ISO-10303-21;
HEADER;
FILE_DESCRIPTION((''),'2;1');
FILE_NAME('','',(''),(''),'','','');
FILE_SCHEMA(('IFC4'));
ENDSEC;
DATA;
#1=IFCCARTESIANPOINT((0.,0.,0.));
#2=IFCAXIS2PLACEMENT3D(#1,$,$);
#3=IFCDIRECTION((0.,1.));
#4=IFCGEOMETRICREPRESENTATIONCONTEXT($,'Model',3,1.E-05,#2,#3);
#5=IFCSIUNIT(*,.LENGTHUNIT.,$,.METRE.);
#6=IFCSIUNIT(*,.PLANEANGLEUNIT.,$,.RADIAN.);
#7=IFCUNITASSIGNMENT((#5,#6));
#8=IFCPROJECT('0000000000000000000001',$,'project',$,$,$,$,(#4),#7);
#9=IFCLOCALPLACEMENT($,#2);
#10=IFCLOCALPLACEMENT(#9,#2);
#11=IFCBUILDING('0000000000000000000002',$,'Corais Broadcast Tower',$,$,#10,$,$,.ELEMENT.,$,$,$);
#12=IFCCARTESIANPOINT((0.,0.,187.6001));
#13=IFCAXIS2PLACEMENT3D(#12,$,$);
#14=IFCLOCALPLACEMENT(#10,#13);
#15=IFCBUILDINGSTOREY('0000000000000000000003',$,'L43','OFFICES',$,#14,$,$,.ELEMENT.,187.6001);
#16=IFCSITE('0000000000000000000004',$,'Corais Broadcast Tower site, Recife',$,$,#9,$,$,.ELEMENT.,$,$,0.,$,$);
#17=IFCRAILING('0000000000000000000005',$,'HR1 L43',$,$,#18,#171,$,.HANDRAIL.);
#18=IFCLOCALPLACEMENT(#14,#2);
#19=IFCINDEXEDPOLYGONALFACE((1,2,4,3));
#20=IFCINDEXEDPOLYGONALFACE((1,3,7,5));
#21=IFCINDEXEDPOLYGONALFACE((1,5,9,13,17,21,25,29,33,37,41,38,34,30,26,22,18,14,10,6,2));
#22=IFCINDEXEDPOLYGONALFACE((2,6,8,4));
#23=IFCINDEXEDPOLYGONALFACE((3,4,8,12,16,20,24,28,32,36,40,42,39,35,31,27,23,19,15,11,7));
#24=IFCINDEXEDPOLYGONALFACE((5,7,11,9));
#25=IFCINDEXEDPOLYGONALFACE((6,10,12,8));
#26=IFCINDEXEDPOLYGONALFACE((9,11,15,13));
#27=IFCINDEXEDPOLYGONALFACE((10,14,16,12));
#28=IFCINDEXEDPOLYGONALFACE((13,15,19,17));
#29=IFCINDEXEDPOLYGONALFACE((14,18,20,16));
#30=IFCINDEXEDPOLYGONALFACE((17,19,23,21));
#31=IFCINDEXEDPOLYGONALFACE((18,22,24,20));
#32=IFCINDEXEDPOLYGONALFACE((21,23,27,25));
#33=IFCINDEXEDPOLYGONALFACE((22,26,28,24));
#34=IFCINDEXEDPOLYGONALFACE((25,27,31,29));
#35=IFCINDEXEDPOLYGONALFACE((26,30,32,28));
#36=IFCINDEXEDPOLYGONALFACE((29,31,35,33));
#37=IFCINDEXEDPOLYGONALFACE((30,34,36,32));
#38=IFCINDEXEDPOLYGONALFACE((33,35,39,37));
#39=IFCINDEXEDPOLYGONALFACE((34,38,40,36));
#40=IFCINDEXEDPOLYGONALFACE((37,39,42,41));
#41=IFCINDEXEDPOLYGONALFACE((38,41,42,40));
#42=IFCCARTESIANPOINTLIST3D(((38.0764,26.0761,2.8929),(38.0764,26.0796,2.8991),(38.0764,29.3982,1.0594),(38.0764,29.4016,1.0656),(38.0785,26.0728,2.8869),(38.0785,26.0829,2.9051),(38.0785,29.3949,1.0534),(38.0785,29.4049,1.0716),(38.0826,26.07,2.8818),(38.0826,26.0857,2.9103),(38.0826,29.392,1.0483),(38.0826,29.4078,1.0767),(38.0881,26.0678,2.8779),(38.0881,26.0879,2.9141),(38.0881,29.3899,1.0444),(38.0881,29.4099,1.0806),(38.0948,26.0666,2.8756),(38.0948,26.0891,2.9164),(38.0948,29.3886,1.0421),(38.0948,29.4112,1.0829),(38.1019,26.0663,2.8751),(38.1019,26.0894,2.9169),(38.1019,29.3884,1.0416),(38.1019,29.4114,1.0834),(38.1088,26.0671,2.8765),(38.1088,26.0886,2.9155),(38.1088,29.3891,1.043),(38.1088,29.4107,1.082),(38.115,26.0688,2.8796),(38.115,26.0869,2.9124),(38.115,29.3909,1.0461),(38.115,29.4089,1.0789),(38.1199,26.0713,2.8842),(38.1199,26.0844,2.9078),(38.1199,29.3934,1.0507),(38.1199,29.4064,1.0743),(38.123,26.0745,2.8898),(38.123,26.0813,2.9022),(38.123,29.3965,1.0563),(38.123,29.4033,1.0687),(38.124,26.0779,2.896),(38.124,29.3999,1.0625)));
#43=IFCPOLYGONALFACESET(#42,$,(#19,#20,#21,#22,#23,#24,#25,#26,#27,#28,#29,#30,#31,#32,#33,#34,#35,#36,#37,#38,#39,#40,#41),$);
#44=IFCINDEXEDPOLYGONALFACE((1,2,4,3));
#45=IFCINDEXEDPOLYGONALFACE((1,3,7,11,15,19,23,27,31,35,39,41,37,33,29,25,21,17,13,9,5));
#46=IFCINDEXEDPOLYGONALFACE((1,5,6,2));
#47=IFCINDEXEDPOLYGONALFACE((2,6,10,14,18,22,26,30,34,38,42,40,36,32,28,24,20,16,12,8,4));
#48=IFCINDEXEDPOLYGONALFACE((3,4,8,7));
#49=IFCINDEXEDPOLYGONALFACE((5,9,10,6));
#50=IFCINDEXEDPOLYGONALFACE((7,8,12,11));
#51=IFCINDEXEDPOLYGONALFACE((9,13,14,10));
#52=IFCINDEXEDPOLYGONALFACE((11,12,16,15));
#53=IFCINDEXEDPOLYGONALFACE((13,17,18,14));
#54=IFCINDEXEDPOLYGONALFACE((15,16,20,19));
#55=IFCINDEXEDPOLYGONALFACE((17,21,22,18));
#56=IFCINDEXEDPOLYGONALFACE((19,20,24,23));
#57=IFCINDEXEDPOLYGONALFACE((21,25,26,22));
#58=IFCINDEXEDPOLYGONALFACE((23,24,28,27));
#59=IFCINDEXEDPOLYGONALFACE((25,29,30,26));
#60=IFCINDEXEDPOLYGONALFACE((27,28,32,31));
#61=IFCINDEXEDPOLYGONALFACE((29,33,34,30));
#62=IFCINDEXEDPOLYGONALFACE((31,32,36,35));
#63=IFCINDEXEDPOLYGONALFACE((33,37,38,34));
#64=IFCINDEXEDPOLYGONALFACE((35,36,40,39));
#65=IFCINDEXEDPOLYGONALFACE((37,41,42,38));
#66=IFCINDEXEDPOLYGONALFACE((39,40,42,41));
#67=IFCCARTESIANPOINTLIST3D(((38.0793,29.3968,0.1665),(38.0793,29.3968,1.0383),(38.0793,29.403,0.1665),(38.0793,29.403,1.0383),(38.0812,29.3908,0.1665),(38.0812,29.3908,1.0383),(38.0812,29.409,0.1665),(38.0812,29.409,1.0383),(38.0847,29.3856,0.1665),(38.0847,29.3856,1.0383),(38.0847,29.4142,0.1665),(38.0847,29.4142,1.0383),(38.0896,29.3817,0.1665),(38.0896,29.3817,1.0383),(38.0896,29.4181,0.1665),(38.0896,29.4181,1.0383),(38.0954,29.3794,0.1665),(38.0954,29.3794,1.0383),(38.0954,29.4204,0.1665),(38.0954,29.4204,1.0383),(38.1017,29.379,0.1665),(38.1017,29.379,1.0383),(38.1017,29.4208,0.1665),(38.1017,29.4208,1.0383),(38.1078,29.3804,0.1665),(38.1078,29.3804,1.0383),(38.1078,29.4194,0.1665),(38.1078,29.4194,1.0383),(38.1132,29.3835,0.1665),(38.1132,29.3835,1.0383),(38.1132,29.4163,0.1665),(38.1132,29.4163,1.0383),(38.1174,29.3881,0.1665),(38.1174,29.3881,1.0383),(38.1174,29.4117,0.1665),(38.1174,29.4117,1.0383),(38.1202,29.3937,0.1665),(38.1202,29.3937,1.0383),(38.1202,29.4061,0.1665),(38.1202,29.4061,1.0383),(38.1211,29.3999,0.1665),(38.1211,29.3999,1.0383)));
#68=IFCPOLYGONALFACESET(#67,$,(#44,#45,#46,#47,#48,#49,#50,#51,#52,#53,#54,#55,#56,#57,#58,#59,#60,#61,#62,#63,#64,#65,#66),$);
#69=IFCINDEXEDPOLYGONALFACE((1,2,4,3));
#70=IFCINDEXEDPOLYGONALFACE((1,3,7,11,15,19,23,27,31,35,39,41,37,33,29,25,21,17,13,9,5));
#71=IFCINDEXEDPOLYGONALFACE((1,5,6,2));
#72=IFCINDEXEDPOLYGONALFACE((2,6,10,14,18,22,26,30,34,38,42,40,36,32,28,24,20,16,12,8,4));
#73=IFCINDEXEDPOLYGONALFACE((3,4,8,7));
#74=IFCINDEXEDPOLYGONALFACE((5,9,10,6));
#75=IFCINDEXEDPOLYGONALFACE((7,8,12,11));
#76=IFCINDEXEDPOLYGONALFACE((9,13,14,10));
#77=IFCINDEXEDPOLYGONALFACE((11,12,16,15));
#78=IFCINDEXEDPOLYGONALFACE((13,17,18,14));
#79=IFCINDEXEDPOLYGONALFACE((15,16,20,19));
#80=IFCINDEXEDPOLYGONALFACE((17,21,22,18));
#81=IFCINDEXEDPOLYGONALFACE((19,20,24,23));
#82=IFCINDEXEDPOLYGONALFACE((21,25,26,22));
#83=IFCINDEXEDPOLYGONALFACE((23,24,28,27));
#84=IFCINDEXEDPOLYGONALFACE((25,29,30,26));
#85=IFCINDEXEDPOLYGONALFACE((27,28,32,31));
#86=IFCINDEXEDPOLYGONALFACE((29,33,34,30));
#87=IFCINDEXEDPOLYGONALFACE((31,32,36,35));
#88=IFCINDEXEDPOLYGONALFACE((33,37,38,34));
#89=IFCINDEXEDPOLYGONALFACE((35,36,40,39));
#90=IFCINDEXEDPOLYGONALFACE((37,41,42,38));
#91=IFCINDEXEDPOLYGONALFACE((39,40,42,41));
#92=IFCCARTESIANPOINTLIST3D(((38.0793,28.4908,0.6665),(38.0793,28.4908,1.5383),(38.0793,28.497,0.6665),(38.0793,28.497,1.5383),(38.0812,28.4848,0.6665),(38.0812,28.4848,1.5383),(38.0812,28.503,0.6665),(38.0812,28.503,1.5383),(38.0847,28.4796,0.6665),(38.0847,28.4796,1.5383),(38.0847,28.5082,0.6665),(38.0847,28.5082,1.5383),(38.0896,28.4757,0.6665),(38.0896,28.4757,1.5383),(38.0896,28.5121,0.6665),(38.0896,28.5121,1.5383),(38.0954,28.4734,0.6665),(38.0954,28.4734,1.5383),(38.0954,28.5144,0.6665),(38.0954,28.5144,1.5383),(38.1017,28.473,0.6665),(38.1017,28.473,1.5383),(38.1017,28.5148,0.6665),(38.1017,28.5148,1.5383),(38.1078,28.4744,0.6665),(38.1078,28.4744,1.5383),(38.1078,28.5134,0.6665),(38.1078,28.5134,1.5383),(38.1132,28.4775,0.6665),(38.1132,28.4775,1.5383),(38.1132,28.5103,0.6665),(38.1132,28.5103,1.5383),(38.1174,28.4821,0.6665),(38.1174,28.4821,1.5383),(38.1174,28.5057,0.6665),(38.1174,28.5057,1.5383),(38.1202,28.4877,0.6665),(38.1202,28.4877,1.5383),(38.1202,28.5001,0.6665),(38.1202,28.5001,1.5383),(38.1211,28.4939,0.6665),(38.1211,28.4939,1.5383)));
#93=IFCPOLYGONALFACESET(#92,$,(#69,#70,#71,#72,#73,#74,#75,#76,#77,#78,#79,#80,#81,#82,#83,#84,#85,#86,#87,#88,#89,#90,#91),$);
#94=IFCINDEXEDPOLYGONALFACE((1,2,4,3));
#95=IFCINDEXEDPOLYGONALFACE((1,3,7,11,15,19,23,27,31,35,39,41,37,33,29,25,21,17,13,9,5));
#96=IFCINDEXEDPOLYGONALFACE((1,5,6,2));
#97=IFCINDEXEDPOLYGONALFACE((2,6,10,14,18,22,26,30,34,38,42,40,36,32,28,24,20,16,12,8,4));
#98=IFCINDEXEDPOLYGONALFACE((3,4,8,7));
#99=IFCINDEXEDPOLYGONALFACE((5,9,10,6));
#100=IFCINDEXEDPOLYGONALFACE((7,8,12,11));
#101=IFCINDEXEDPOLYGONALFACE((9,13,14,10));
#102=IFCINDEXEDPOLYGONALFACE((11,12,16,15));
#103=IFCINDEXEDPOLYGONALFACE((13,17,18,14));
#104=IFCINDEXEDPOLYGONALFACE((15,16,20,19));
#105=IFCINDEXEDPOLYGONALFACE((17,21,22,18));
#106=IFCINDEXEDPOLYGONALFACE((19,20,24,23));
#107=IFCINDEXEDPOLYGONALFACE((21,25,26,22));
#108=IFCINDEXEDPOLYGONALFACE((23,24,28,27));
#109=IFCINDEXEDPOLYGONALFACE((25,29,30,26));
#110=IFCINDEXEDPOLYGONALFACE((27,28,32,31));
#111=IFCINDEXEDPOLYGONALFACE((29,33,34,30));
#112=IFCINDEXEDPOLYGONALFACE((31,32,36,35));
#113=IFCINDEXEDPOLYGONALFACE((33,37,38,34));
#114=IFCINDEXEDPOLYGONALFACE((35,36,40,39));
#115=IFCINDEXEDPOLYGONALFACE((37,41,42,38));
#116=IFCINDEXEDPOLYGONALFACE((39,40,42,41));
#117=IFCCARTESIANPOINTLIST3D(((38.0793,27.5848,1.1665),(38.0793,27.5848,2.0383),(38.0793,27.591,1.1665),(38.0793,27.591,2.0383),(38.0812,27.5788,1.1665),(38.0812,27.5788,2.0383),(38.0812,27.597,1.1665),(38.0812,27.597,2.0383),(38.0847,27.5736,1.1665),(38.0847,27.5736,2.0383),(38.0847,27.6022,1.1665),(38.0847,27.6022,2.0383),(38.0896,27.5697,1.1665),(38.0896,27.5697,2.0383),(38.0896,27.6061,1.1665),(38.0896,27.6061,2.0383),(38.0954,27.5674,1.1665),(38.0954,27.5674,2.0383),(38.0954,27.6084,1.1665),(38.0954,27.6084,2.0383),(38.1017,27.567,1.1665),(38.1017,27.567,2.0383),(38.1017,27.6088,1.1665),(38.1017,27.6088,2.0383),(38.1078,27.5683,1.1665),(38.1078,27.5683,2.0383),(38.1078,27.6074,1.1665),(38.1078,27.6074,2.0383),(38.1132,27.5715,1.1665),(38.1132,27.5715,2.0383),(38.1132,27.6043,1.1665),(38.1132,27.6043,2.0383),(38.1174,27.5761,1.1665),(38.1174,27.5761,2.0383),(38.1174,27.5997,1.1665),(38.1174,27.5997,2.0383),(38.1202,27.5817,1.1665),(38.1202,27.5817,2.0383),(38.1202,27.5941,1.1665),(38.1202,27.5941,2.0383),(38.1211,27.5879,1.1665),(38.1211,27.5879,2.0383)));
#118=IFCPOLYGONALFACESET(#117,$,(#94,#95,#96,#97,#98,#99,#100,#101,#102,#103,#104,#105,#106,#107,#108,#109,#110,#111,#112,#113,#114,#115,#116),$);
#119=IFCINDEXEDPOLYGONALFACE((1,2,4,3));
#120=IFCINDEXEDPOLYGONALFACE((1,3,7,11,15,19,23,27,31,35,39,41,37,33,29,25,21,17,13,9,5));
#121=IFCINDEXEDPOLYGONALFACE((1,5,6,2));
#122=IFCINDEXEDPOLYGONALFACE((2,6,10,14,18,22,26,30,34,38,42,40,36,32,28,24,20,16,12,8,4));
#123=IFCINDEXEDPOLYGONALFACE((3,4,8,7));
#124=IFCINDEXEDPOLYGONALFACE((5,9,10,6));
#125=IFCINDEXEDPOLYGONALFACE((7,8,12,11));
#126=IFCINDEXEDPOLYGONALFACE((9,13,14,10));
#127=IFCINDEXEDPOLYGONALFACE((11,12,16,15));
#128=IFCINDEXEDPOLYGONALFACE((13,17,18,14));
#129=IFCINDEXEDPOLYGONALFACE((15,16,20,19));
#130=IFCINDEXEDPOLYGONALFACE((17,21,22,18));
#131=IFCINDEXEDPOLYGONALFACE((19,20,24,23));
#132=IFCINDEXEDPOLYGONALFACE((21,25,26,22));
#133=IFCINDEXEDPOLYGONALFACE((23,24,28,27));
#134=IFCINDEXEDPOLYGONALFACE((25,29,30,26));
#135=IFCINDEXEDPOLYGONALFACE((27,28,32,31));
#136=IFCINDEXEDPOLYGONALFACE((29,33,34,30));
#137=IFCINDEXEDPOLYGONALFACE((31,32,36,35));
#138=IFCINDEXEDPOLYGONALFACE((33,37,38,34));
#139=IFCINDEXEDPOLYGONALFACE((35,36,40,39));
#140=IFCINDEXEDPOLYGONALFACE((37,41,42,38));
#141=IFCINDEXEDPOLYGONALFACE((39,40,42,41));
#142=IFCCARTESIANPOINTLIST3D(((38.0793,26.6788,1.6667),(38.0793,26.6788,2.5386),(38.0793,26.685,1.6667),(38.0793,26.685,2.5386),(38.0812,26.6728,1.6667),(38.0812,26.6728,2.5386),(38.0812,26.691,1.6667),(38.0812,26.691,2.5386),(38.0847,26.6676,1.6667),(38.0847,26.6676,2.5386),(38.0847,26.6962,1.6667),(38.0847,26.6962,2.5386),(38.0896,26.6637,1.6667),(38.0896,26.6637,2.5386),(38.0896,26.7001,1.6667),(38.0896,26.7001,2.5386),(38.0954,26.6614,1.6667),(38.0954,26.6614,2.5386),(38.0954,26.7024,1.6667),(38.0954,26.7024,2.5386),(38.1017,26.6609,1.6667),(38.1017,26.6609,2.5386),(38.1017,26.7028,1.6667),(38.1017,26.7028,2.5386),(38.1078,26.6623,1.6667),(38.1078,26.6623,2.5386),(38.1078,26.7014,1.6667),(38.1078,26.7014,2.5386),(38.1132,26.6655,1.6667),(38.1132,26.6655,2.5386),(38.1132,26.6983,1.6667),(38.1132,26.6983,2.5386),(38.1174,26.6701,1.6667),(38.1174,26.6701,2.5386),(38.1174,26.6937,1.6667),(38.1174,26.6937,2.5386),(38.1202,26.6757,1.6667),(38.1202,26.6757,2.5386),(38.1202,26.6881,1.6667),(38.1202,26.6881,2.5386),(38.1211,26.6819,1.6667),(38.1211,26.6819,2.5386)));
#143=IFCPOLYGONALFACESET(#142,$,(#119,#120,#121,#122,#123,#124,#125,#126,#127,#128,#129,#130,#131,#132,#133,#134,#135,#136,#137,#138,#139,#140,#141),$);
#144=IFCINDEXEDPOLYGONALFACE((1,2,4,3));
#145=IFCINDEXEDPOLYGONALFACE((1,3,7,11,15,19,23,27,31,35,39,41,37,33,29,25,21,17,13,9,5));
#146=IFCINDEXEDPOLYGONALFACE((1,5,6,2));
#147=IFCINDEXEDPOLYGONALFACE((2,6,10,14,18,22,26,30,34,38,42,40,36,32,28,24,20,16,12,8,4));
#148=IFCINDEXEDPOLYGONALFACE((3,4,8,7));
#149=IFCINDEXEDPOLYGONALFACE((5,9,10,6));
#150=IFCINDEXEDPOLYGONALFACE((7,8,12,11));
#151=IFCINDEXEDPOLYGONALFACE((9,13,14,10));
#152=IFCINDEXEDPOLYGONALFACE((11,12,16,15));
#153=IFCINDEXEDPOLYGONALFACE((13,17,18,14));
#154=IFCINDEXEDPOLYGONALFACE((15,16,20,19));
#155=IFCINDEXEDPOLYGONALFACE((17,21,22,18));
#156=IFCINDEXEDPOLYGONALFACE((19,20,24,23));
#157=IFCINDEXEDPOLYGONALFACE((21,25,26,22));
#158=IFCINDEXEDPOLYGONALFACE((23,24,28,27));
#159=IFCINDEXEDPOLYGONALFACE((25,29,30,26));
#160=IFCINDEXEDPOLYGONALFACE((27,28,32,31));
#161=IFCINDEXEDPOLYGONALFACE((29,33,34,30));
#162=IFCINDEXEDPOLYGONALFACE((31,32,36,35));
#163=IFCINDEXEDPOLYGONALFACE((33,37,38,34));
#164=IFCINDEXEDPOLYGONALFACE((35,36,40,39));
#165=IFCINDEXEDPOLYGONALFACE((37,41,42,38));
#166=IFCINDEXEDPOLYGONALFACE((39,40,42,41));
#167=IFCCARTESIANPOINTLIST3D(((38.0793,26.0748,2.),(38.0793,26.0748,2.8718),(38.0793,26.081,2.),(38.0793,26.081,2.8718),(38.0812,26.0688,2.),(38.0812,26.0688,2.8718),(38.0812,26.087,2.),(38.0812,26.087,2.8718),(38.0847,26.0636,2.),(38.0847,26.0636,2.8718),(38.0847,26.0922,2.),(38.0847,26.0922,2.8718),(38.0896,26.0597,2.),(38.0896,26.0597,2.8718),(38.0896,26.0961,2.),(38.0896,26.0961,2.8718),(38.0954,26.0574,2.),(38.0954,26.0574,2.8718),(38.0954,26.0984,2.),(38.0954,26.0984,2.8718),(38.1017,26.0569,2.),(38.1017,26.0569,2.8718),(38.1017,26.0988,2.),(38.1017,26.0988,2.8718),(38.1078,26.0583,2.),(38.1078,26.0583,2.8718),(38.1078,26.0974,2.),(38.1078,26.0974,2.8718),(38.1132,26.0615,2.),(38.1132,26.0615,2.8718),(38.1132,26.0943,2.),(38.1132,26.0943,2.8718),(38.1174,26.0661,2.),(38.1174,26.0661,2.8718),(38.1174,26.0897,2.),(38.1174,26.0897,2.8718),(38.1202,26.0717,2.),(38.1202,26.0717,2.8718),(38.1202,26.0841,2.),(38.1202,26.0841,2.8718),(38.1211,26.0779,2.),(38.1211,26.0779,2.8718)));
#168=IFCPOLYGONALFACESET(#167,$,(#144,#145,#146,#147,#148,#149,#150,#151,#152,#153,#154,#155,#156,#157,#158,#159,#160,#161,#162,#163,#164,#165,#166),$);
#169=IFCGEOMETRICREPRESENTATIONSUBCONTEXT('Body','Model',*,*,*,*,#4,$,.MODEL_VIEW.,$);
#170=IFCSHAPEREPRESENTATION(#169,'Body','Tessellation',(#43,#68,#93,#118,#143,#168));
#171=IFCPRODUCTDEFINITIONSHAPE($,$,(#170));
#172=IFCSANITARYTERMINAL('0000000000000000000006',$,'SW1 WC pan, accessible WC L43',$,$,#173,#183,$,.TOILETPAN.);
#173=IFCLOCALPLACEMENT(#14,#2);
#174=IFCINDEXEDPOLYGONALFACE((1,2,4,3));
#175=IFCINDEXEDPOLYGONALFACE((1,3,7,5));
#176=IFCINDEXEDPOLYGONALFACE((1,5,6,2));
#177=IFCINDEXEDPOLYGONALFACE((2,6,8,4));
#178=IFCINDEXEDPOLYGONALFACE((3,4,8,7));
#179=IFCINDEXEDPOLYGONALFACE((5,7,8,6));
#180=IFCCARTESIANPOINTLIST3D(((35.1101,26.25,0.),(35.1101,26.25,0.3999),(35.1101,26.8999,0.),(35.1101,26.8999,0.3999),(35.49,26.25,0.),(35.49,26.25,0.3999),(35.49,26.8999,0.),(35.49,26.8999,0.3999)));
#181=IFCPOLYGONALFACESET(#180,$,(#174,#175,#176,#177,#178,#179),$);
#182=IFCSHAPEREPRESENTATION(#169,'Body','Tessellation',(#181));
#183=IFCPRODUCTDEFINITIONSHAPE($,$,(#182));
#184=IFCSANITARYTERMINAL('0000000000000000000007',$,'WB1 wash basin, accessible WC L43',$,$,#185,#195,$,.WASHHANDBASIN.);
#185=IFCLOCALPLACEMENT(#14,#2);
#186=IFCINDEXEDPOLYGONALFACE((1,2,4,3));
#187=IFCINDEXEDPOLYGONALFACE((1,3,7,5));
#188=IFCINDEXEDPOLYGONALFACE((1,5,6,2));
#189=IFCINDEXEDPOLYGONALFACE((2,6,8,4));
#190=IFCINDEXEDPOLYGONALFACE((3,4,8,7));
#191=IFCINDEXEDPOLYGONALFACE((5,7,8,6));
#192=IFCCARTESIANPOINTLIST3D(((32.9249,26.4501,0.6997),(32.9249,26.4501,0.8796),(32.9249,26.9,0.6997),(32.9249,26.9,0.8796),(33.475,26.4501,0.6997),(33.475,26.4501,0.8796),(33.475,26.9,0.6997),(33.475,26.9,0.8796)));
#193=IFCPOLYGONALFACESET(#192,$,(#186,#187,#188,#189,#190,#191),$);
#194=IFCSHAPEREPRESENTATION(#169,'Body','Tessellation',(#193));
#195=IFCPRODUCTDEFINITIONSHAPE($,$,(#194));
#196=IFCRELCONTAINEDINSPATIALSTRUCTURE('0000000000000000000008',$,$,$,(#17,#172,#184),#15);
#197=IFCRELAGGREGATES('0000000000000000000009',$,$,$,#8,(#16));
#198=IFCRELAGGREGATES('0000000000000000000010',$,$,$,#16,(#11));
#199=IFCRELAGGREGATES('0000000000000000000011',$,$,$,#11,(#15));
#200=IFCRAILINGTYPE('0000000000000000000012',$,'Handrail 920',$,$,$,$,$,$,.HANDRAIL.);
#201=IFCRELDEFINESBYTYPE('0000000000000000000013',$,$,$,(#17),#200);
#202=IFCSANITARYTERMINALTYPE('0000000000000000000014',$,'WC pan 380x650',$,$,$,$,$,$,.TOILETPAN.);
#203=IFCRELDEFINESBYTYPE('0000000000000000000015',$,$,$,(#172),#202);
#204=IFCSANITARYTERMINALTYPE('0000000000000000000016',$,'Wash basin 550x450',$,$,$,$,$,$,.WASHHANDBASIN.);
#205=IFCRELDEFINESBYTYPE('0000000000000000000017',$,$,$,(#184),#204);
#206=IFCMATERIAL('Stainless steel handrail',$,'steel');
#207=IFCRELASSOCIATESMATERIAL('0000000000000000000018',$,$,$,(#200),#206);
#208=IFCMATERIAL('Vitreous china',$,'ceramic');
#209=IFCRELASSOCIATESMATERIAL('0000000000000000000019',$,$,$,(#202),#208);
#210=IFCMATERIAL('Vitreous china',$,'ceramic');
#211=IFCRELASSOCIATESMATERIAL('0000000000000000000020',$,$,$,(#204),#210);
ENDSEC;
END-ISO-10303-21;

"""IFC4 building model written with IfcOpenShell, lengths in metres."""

from ifc_helpers import new_model, si_unit, direction, frame, origin, origin_2d, place, context, subcontext, project, spatial, rectangle, circle, extrude, material, type_object, element, save


model = new_model("IFC4")

# Units and contexts
model_context = context("Model", 3, precision=1e-05, world=origin(), true_north=direction((0.0, 1.0)))
body_context = subcontext(model_context, "Body", "Model", "MODEL_VIEW")
ifc_project = project(units=[si_unit("LENGTHUNIT", "METRE"), si_unit("PLANEANGLEUNIT", "RADIAN")], contexts=[model_context])

# Site, building, storey
site_placement = place(None, origin())
site = spatial("IfcSite", under=ifc_project, at=site_placement, Name="Corais Broadcast Tower site, Recife", CompositionType="ELEMENT", RefElevation=0.0)
building_placement = place(site_placement, origin())
building = spatial("IfcBuilding", under=site, at=building_placement, Name="Corais Broadcast Tower", CompositionType="ELEMENT")
storey_placement = place(building_placement, frame((0.0, 0.0, 187.6001)))
storey = spatial("IfcBuildingStorey", under=building, at=storey_placement, Name="L43", Description="OFFICES", CompositionType="ELEMENT", Elevation=187.6001)

# Railing
ifc_material_1 = material(Name="Stainless steel handrail", Category="steel")
railing_type = type_object("IfcRailingType", Name="Handrail 920", PredefinedType="HANDRAIL", material=ifc_material_1)
for number, where, name in (
    (1, (38.1001, 29.3999, 0.1665), "HR1 L43"),
):
    element("IfcRailing", number, at=place(storey_placement, frame(where)), inside=storey, type_object=railing_type, Name=name, PredefinedType="HANDRAIL", context=body_context, shape_type="SweptSolid", body=[
        extrude(circle(Radius=0.0239, at=origin_2d()), frame((0.0, 0.0, 0.896), z_axis=(0.0, -0.875504, 0.48321), x_axis=(1.0, 0.0, 0.0)), (0.0, 0.0, 1.0), 3.7944),
        extrude(circle(Radius=0.021, at=origin_2d()), origin(), (0.0, 0.0, 1.0), 0.8718),
        extrude(circle(Radius=0.021, at=origin_2d()), frame((0.0, -0.906, 0.5)), (0.0, 0.0, 1.0), 0.8718),
        extrude(circle(Radius=0.021, at=origin_2d()), frame((0.0, -1.812, 1.0)), (0.0, 0.0, 1.0), 0.8718),
        extrude(circle(Radius=0.021, at=origin_2d()), frame((0.0, -2.718, 1.5002)), (0.0, 0.0, 1.0), 0.8718),
        extrude(circle(Radius=0.021, at=origin_2d()), frame((0.0, -3.322, 1.8335)), (0.0, 0.0, 1.0), 0.8718),
    ])

# Sanitary terminals
ifc_material_2 = material(Name="Vitreous china", Category="ceramic")
sanitary_terminal_type_1 = type_object("IfcSanitaryTerminalType", Name="WC pan 380x650", PredefinedType="TOILETPAN", material=ifc_material_2)
sanitary_terminal_1_placement = place(storey_placement, frame((35.3, 26.575, 0.0), z_axis=(0.0, 0.0, 1.0), x_axis=(1.0, 0.0, 0.0)))
element("IfcSanitaryTerminal", 2, at=sanitary_terminal_1_placement, inside=storey, type_object=sanitary_terminal_type_1, Name="SW1 WC pan, accessible WC L43", PredefinedType="TOILETPAN", context=body_context, shape_type="SweptSolid", body=[
    extrude(rectangle(XDim=0.3799, YDim=0.6499, at=origin_2d()), origin(), (0.0, 0.0, 1.0), 0.3999),
])
ifc_material_3 = material(Name="Vitreous china", Category="ceramic")
sanitary_terminal_type_2 = type_object("IfcSanitaryTerminalType", Name="Wash basin 550x450", PredefinedType="WASHHANDBASIN", material=ifc_material_3)
sanitary_terminal_2_placement = place(storey_placement, frame((33.2, 26.675, 0.6997), z_axis=(0.0, 0.0, 1.0), x_axis=(1.0, 0.0, 0.0)))
element("IfcSanitaryTerminal", 3, at=sanitary_terminal_2_placement, inside=storey, type_object=sanitary_terminal_type_2, Name="WB1 wash basin, accessible WC L43", PredefinedType="WASHHANDBASIN", context=body_context, shape_type="SweptSolid", body=[
    extrude(rectangle(XDim=0.55, YDim=0.45, at=origin_2d()), origin(), (0.0, 0.0, 1.0), 0.1799),
])

save(model, "model.ifc")
